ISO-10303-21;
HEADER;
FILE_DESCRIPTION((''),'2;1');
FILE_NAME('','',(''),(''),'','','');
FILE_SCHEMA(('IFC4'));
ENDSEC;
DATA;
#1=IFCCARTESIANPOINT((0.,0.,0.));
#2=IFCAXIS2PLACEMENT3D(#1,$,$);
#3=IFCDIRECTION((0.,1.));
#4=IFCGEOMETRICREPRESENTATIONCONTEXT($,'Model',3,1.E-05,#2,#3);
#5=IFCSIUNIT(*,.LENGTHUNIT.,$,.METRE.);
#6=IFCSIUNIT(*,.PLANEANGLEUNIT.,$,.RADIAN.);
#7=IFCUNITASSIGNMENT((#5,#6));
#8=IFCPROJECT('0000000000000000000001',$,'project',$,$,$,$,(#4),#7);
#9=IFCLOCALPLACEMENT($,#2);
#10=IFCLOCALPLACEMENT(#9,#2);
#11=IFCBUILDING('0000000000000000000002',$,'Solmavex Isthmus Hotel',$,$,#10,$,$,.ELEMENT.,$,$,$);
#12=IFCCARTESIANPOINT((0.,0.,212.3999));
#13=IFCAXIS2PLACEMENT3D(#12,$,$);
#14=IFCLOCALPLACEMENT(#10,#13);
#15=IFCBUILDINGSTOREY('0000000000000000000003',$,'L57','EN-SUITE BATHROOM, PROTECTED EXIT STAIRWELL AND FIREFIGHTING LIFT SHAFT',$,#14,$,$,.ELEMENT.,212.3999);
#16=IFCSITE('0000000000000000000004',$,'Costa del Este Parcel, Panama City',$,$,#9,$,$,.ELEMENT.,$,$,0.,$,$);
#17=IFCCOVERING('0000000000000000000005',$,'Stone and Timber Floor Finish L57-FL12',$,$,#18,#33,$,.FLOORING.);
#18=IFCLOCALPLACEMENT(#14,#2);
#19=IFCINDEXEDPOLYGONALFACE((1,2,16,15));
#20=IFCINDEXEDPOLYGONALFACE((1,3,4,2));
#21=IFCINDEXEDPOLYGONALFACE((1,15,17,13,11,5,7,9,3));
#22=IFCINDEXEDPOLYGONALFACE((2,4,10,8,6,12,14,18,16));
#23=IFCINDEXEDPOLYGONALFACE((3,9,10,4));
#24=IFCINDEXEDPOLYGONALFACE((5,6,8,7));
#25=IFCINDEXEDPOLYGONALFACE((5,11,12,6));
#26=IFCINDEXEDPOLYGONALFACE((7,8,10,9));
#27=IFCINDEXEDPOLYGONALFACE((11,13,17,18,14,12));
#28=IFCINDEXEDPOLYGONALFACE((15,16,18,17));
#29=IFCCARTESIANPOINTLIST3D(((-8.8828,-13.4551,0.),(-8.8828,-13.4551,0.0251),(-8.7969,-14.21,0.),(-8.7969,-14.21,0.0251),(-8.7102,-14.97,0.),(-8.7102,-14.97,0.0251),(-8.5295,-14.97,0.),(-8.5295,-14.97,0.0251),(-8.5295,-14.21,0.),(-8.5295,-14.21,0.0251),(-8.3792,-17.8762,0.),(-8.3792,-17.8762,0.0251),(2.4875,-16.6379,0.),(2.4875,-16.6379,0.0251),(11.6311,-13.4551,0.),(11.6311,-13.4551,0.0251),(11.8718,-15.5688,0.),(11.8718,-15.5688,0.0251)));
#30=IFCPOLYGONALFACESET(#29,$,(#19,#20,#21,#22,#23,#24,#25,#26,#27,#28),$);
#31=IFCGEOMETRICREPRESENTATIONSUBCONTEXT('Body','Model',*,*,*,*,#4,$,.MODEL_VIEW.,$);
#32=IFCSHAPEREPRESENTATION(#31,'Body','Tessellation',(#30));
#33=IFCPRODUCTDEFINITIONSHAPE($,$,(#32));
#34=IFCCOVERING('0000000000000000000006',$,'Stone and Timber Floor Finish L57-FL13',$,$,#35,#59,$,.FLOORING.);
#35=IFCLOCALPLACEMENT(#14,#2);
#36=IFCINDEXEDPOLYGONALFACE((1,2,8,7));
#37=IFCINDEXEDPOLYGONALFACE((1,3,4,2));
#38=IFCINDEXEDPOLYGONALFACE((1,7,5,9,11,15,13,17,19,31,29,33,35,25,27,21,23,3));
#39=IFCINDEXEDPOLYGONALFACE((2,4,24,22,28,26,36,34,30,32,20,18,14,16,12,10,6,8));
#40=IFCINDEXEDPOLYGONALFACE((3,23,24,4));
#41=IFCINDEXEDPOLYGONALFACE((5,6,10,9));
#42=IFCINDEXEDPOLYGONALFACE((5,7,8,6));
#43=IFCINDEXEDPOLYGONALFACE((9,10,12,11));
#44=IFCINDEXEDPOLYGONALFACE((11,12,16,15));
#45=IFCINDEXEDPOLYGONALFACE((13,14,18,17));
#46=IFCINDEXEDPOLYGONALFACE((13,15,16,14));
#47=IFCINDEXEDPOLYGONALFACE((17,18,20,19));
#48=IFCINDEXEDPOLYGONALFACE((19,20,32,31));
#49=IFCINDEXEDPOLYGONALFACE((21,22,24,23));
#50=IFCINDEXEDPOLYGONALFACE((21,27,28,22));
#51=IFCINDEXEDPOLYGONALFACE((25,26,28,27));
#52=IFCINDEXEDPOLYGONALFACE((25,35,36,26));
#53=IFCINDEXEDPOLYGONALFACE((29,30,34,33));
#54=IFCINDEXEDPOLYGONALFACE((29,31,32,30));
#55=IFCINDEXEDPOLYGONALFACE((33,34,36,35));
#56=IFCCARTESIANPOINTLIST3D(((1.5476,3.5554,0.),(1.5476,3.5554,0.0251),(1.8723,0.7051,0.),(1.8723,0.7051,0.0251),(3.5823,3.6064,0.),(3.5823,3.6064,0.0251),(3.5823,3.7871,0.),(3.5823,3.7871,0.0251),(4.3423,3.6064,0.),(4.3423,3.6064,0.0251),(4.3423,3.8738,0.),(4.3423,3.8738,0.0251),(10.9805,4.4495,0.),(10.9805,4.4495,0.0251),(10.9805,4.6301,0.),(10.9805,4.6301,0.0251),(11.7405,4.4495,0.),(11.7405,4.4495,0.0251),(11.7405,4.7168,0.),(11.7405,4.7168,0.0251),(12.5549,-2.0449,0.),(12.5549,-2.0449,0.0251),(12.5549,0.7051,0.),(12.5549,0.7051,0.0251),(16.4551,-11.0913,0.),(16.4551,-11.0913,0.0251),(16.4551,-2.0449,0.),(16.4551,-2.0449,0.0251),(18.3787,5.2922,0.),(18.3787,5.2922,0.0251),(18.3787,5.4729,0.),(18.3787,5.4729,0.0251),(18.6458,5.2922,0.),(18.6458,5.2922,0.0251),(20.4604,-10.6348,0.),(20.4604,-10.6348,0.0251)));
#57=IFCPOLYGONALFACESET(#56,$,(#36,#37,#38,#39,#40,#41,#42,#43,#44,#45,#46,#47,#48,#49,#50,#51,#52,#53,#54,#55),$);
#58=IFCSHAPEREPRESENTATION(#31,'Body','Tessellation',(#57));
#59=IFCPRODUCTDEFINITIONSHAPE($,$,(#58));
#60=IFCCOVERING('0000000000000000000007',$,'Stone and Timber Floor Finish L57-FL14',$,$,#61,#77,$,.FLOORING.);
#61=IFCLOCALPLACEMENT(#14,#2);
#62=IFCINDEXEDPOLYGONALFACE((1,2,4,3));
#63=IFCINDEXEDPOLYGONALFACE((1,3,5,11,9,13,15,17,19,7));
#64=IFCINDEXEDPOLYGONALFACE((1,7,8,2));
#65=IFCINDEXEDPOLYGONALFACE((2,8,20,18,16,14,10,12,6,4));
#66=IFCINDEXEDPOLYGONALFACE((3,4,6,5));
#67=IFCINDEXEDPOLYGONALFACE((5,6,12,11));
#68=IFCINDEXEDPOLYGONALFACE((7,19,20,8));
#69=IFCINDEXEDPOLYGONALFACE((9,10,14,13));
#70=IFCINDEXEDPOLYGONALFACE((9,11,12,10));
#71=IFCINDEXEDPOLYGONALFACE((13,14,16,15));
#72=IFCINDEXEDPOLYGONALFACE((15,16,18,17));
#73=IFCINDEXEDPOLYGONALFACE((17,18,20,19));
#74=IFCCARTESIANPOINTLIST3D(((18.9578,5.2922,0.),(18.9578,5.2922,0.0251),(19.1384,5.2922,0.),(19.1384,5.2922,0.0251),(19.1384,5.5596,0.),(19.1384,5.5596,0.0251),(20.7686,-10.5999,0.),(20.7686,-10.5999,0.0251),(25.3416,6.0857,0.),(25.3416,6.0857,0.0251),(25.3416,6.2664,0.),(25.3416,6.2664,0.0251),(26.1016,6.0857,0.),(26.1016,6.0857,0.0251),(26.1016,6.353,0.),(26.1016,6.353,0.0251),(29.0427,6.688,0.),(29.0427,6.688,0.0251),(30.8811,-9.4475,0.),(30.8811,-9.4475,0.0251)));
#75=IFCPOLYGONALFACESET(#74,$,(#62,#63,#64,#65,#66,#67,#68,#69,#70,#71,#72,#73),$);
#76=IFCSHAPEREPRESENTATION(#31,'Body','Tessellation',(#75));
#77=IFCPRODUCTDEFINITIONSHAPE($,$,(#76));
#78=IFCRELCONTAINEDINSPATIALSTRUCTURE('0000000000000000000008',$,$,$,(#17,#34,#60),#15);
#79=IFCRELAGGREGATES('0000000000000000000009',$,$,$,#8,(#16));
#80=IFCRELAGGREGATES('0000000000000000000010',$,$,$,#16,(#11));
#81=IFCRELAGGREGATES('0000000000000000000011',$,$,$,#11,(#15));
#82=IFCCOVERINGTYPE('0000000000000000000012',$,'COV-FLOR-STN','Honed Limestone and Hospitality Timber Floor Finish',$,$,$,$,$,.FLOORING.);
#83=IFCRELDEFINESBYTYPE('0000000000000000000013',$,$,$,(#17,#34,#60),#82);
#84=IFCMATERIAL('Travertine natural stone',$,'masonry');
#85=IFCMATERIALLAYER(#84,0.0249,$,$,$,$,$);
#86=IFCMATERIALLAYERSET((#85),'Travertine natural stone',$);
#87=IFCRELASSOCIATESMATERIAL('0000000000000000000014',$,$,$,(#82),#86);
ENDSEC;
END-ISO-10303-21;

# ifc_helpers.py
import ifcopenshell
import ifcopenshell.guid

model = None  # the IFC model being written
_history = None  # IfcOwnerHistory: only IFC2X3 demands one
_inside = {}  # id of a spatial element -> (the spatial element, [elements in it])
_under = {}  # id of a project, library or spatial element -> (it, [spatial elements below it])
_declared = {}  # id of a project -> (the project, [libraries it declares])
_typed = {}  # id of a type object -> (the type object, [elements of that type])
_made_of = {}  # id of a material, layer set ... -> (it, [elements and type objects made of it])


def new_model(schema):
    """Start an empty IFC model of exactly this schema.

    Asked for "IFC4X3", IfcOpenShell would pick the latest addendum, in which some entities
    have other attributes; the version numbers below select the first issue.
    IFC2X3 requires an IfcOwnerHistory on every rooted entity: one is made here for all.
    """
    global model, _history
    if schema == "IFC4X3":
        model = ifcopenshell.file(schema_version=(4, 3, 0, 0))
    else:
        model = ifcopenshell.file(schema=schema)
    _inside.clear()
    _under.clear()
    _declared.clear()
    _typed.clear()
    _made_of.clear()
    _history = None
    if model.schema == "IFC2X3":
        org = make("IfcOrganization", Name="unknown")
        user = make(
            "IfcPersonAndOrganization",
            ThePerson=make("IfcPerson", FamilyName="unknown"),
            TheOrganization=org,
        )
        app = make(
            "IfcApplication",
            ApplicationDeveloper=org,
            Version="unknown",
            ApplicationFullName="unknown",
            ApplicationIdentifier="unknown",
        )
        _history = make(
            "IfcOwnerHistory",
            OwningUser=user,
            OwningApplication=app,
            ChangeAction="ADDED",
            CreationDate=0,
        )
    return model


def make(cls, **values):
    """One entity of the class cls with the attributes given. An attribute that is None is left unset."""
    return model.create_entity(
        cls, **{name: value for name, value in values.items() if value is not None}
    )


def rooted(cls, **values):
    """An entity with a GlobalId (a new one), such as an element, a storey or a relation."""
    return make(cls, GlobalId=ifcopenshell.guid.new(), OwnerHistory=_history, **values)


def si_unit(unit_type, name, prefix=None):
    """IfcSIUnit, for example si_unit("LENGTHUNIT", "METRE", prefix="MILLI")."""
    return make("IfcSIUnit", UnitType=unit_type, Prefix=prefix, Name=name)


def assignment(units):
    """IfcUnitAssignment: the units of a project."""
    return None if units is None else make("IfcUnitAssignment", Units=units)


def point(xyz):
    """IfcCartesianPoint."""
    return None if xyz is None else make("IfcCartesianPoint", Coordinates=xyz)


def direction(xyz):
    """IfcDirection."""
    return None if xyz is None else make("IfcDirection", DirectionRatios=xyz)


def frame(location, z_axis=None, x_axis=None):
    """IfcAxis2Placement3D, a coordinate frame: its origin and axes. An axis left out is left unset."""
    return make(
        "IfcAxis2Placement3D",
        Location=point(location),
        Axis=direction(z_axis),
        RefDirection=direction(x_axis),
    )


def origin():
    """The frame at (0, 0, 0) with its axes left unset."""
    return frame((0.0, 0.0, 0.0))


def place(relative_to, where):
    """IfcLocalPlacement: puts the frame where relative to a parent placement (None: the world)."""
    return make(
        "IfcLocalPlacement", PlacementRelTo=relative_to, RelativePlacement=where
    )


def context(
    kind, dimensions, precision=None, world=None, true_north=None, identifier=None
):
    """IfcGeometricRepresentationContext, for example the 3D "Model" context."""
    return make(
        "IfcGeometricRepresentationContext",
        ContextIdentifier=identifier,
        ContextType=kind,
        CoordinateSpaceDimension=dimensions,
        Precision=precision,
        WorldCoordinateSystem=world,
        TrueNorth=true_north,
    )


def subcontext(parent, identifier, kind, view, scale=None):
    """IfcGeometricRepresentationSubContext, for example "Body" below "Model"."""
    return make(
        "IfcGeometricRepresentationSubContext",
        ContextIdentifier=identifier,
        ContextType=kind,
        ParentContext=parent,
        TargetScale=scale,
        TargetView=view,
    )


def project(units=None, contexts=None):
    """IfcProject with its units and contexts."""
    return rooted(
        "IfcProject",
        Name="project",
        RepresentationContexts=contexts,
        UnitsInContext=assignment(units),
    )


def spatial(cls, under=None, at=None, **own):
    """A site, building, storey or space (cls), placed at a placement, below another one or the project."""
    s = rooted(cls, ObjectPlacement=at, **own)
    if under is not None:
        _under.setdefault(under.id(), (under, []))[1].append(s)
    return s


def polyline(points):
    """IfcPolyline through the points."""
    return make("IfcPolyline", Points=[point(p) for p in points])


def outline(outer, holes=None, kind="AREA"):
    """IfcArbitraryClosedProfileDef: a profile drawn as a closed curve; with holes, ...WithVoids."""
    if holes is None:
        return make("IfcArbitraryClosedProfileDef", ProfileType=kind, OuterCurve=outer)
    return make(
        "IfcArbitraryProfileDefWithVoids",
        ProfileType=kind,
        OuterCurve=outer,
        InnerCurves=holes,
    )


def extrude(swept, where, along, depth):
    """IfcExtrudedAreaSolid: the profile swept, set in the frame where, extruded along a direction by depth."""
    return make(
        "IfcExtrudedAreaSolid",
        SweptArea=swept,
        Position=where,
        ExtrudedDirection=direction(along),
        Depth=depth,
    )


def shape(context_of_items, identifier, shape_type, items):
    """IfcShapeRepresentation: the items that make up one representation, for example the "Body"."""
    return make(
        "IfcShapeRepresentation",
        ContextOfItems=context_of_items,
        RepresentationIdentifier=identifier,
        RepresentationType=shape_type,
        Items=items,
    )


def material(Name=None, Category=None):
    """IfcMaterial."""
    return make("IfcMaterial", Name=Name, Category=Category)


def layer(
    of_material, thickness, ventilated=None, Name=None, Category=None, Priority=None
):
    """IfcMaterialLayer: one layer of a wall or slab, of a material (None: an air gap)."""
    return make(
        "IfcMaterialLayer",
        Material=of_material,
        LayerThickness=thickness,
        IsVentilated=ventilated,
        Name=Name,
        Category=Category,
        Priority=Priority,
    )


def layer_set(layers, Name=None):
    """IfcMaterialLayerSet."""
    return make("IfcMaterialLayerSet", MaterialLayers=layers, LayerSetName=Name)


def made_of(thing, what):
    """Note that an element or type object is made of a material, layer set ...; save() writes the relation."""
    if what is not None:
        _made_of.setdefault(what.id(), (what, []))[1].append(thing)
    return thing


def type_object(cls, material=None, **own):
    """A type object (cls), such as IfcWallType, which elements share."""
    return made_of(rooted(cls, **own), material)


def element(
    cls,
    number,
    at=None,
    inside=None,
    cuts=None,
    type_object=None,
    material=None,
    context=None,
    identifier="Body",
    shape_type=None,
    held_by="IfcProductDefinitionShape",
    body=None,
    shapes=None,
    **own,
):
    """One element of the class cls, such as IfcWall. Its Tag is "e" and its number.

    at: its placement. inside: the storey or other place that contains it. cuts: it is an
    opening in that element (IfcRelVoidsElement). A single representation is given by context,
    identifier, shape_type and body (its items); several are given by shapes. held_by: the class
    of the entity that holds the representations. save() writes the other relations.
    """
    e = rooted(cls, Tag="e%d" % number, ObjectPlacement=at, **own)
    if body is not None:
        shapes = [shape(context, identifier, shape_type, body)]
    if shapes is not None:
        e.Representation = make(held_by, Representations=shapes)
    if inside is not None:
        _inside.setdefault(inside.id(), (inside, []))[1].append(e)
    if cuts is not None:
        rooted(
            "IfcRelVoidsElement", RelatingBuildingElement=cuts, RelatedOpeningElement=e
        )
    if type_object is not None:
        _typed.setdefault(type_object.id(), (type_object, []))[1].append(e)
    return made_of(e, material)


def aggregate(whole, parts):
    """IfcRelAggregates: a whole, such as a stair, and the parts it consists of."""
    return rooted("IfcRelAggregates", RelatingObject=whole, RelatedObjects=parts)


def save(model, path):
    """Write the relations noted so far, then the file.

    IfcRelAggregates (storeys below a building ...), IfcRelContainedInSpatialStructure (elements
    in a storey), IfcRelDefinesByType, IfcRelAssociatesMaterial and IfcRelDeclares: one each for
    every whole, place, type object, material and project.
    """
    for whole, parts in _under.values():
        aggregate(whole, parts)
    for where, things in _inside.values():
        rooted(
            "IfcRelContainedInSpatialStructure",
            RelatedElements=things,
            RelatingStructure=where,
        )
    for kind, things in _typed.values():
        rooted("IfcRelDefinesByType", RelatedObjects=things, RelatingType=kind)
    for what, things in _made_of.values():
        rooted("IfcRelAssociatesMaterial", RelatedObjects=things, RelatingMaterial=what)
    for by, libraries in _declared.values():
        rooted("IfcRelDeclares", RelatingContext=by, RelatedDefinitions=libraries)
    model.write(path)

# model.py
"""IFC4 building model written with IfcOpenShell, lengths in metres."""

from ifc_helpers import new_model, si_unit, direction, frame, origin, place, context, subcontext, project, spatial, polyline, outline, extrude, material, layer, layer_set, type_object, element, save


model = new_model("IFC4")

# Units and contexts
model_context = context("Model", 3, precision=1e-05, world=origin(), true_north=direction((0.0, 1.0)))
body_context = subcontext(model_context, "Body", "Model", "MODEL_VIEW")
ifc_project = project(units=[si_unit("LENGTHUNIT", "METRE"), si_unit("PLANEANGLEUNIT", "RADIAN")], contexts=[model_context])

# Site, building, storey
site_placement = place(None, origin())
site = spatial("IfcSite", under=ifc_project, at=site_placement, Name="Costa del Este Parcel, Panama City", CompositionType="ELEMENT", RefElevation=0.0)
building_placement = place(site_placement, origin())
building = spatial("IfcBuilding", under=site, at=building_placement, Name="Solmavex Isthmus Hotel", CompositionType="ELEMENT")
storey_placement = place(building_placement, frame((0.0, 0.0, 212.3999)))
storey = spatial("IfcBuildingStorey", under=building, at=storey_placement, Name="L57", Description="EN-SUITE BATHROOM, PROTECTED EXIT STAIRWELL AND FIREFIGHTING LIFT SHAFT", CompositionType="ELEMENT", Elevation=212.3999)

# Coverings
ifc_material_1 = material(Name="Travertine natural stone", Category="masonry")
ifc_layer_1 = layer(ifc_material_1, 0.0249)
ifc_layer_set_1 = layer_set([ifc_layer_1], Name="Travertine natural stone")
covering_type_1 = type_object("IfcCoveringType", Name="COV-FLOR-STN", Description="Honed Limestone and Hospitality Timber Floor Finish", PredefinedType="FLOORING", material=ifc_layer_set_1)
covering_1_placement = place(storey_placement, origin())
element("IfcCovering", 1, at=covering_1_placement, inside=storey, type_object=covering_type_1, Name="Stone and Timber Floor Finish L57-FL12", PredefinedType="FLOORING", context=body_context, shape_type="SweptSolid", body=[
    extrude(outline(polyline([(-8.7969, -14.21), (-8.5295, -14.21), (-8.5295, -14.97), (-8.7102, -14.97), (-8.3792, -17.8762), (2.4875, -16.6379), (11.8718, -15.5688), (11.6311, -13.4551), (-8.8828, -13.4551), (-8.7969, -14.21)])), origin(), (0.0, 0.0, 1.0), 0.0251),
])
covering_2_placement = place(storey_placement, origin())
element("IfcCovering", 2, at=covering_2_placement, inside=storey, type_object=covering_type_1, Name="Stone and Timber Floor Finish L57-FL13", PredefinedType="FLOORING", context=body_context, shape_type="SweptSolid", body=[
    extrude(outline(polyline([(4.3423, 3.8738), (4.3423, 3.6064), (3.5823, 3.6064), (3.5823, 3.7871), (1.5476, 3.5554), (1.8723, 0.7051), (12.5549, 0.7051), (12.5549, -2.0449), (16.4551, -2.0449), (16.4551, -11.0913), (20.4604, -10.6348), (18.6458, 5.2922), (18.3787, 5.2922), (18.3787, 5.4729), (11.7405, 4.7168), (11.7405, 4.4495), (10.9805, 4.4495), (10.9805, 4.6301), (4.3423, 3.8738)])), origin(), (0.0, 0.0, 1.0), 0.0251),
])
covering_3_placement = place(storey_placement, origin())
element("IfcCovering", 3, at=covering_3_placement, inside=storey, type_object=covering_type_1, Name="Stone and Timber Floor Finish L57-FL14", PredefinedType="FLOORING", context=body_context, shape_type="SweptSolid", body=[
    extrude(outline(polyline([(19.1384, 5.5596), (19.1384, 5.2922), (18.9578, 5.2922), (20.7686, -10.5999), (30.8811, -9.4475), (29.0427, 6.688), (26.1016, 6.353), (26.1016, 6.0857), (25.3416, 6.0857), (25.3416, 6.2664), (19.1384, 5.5596)])), origin(), (0.0, 0.0, 1.0), 0.0251),
])

save(model, "model.ifc")
